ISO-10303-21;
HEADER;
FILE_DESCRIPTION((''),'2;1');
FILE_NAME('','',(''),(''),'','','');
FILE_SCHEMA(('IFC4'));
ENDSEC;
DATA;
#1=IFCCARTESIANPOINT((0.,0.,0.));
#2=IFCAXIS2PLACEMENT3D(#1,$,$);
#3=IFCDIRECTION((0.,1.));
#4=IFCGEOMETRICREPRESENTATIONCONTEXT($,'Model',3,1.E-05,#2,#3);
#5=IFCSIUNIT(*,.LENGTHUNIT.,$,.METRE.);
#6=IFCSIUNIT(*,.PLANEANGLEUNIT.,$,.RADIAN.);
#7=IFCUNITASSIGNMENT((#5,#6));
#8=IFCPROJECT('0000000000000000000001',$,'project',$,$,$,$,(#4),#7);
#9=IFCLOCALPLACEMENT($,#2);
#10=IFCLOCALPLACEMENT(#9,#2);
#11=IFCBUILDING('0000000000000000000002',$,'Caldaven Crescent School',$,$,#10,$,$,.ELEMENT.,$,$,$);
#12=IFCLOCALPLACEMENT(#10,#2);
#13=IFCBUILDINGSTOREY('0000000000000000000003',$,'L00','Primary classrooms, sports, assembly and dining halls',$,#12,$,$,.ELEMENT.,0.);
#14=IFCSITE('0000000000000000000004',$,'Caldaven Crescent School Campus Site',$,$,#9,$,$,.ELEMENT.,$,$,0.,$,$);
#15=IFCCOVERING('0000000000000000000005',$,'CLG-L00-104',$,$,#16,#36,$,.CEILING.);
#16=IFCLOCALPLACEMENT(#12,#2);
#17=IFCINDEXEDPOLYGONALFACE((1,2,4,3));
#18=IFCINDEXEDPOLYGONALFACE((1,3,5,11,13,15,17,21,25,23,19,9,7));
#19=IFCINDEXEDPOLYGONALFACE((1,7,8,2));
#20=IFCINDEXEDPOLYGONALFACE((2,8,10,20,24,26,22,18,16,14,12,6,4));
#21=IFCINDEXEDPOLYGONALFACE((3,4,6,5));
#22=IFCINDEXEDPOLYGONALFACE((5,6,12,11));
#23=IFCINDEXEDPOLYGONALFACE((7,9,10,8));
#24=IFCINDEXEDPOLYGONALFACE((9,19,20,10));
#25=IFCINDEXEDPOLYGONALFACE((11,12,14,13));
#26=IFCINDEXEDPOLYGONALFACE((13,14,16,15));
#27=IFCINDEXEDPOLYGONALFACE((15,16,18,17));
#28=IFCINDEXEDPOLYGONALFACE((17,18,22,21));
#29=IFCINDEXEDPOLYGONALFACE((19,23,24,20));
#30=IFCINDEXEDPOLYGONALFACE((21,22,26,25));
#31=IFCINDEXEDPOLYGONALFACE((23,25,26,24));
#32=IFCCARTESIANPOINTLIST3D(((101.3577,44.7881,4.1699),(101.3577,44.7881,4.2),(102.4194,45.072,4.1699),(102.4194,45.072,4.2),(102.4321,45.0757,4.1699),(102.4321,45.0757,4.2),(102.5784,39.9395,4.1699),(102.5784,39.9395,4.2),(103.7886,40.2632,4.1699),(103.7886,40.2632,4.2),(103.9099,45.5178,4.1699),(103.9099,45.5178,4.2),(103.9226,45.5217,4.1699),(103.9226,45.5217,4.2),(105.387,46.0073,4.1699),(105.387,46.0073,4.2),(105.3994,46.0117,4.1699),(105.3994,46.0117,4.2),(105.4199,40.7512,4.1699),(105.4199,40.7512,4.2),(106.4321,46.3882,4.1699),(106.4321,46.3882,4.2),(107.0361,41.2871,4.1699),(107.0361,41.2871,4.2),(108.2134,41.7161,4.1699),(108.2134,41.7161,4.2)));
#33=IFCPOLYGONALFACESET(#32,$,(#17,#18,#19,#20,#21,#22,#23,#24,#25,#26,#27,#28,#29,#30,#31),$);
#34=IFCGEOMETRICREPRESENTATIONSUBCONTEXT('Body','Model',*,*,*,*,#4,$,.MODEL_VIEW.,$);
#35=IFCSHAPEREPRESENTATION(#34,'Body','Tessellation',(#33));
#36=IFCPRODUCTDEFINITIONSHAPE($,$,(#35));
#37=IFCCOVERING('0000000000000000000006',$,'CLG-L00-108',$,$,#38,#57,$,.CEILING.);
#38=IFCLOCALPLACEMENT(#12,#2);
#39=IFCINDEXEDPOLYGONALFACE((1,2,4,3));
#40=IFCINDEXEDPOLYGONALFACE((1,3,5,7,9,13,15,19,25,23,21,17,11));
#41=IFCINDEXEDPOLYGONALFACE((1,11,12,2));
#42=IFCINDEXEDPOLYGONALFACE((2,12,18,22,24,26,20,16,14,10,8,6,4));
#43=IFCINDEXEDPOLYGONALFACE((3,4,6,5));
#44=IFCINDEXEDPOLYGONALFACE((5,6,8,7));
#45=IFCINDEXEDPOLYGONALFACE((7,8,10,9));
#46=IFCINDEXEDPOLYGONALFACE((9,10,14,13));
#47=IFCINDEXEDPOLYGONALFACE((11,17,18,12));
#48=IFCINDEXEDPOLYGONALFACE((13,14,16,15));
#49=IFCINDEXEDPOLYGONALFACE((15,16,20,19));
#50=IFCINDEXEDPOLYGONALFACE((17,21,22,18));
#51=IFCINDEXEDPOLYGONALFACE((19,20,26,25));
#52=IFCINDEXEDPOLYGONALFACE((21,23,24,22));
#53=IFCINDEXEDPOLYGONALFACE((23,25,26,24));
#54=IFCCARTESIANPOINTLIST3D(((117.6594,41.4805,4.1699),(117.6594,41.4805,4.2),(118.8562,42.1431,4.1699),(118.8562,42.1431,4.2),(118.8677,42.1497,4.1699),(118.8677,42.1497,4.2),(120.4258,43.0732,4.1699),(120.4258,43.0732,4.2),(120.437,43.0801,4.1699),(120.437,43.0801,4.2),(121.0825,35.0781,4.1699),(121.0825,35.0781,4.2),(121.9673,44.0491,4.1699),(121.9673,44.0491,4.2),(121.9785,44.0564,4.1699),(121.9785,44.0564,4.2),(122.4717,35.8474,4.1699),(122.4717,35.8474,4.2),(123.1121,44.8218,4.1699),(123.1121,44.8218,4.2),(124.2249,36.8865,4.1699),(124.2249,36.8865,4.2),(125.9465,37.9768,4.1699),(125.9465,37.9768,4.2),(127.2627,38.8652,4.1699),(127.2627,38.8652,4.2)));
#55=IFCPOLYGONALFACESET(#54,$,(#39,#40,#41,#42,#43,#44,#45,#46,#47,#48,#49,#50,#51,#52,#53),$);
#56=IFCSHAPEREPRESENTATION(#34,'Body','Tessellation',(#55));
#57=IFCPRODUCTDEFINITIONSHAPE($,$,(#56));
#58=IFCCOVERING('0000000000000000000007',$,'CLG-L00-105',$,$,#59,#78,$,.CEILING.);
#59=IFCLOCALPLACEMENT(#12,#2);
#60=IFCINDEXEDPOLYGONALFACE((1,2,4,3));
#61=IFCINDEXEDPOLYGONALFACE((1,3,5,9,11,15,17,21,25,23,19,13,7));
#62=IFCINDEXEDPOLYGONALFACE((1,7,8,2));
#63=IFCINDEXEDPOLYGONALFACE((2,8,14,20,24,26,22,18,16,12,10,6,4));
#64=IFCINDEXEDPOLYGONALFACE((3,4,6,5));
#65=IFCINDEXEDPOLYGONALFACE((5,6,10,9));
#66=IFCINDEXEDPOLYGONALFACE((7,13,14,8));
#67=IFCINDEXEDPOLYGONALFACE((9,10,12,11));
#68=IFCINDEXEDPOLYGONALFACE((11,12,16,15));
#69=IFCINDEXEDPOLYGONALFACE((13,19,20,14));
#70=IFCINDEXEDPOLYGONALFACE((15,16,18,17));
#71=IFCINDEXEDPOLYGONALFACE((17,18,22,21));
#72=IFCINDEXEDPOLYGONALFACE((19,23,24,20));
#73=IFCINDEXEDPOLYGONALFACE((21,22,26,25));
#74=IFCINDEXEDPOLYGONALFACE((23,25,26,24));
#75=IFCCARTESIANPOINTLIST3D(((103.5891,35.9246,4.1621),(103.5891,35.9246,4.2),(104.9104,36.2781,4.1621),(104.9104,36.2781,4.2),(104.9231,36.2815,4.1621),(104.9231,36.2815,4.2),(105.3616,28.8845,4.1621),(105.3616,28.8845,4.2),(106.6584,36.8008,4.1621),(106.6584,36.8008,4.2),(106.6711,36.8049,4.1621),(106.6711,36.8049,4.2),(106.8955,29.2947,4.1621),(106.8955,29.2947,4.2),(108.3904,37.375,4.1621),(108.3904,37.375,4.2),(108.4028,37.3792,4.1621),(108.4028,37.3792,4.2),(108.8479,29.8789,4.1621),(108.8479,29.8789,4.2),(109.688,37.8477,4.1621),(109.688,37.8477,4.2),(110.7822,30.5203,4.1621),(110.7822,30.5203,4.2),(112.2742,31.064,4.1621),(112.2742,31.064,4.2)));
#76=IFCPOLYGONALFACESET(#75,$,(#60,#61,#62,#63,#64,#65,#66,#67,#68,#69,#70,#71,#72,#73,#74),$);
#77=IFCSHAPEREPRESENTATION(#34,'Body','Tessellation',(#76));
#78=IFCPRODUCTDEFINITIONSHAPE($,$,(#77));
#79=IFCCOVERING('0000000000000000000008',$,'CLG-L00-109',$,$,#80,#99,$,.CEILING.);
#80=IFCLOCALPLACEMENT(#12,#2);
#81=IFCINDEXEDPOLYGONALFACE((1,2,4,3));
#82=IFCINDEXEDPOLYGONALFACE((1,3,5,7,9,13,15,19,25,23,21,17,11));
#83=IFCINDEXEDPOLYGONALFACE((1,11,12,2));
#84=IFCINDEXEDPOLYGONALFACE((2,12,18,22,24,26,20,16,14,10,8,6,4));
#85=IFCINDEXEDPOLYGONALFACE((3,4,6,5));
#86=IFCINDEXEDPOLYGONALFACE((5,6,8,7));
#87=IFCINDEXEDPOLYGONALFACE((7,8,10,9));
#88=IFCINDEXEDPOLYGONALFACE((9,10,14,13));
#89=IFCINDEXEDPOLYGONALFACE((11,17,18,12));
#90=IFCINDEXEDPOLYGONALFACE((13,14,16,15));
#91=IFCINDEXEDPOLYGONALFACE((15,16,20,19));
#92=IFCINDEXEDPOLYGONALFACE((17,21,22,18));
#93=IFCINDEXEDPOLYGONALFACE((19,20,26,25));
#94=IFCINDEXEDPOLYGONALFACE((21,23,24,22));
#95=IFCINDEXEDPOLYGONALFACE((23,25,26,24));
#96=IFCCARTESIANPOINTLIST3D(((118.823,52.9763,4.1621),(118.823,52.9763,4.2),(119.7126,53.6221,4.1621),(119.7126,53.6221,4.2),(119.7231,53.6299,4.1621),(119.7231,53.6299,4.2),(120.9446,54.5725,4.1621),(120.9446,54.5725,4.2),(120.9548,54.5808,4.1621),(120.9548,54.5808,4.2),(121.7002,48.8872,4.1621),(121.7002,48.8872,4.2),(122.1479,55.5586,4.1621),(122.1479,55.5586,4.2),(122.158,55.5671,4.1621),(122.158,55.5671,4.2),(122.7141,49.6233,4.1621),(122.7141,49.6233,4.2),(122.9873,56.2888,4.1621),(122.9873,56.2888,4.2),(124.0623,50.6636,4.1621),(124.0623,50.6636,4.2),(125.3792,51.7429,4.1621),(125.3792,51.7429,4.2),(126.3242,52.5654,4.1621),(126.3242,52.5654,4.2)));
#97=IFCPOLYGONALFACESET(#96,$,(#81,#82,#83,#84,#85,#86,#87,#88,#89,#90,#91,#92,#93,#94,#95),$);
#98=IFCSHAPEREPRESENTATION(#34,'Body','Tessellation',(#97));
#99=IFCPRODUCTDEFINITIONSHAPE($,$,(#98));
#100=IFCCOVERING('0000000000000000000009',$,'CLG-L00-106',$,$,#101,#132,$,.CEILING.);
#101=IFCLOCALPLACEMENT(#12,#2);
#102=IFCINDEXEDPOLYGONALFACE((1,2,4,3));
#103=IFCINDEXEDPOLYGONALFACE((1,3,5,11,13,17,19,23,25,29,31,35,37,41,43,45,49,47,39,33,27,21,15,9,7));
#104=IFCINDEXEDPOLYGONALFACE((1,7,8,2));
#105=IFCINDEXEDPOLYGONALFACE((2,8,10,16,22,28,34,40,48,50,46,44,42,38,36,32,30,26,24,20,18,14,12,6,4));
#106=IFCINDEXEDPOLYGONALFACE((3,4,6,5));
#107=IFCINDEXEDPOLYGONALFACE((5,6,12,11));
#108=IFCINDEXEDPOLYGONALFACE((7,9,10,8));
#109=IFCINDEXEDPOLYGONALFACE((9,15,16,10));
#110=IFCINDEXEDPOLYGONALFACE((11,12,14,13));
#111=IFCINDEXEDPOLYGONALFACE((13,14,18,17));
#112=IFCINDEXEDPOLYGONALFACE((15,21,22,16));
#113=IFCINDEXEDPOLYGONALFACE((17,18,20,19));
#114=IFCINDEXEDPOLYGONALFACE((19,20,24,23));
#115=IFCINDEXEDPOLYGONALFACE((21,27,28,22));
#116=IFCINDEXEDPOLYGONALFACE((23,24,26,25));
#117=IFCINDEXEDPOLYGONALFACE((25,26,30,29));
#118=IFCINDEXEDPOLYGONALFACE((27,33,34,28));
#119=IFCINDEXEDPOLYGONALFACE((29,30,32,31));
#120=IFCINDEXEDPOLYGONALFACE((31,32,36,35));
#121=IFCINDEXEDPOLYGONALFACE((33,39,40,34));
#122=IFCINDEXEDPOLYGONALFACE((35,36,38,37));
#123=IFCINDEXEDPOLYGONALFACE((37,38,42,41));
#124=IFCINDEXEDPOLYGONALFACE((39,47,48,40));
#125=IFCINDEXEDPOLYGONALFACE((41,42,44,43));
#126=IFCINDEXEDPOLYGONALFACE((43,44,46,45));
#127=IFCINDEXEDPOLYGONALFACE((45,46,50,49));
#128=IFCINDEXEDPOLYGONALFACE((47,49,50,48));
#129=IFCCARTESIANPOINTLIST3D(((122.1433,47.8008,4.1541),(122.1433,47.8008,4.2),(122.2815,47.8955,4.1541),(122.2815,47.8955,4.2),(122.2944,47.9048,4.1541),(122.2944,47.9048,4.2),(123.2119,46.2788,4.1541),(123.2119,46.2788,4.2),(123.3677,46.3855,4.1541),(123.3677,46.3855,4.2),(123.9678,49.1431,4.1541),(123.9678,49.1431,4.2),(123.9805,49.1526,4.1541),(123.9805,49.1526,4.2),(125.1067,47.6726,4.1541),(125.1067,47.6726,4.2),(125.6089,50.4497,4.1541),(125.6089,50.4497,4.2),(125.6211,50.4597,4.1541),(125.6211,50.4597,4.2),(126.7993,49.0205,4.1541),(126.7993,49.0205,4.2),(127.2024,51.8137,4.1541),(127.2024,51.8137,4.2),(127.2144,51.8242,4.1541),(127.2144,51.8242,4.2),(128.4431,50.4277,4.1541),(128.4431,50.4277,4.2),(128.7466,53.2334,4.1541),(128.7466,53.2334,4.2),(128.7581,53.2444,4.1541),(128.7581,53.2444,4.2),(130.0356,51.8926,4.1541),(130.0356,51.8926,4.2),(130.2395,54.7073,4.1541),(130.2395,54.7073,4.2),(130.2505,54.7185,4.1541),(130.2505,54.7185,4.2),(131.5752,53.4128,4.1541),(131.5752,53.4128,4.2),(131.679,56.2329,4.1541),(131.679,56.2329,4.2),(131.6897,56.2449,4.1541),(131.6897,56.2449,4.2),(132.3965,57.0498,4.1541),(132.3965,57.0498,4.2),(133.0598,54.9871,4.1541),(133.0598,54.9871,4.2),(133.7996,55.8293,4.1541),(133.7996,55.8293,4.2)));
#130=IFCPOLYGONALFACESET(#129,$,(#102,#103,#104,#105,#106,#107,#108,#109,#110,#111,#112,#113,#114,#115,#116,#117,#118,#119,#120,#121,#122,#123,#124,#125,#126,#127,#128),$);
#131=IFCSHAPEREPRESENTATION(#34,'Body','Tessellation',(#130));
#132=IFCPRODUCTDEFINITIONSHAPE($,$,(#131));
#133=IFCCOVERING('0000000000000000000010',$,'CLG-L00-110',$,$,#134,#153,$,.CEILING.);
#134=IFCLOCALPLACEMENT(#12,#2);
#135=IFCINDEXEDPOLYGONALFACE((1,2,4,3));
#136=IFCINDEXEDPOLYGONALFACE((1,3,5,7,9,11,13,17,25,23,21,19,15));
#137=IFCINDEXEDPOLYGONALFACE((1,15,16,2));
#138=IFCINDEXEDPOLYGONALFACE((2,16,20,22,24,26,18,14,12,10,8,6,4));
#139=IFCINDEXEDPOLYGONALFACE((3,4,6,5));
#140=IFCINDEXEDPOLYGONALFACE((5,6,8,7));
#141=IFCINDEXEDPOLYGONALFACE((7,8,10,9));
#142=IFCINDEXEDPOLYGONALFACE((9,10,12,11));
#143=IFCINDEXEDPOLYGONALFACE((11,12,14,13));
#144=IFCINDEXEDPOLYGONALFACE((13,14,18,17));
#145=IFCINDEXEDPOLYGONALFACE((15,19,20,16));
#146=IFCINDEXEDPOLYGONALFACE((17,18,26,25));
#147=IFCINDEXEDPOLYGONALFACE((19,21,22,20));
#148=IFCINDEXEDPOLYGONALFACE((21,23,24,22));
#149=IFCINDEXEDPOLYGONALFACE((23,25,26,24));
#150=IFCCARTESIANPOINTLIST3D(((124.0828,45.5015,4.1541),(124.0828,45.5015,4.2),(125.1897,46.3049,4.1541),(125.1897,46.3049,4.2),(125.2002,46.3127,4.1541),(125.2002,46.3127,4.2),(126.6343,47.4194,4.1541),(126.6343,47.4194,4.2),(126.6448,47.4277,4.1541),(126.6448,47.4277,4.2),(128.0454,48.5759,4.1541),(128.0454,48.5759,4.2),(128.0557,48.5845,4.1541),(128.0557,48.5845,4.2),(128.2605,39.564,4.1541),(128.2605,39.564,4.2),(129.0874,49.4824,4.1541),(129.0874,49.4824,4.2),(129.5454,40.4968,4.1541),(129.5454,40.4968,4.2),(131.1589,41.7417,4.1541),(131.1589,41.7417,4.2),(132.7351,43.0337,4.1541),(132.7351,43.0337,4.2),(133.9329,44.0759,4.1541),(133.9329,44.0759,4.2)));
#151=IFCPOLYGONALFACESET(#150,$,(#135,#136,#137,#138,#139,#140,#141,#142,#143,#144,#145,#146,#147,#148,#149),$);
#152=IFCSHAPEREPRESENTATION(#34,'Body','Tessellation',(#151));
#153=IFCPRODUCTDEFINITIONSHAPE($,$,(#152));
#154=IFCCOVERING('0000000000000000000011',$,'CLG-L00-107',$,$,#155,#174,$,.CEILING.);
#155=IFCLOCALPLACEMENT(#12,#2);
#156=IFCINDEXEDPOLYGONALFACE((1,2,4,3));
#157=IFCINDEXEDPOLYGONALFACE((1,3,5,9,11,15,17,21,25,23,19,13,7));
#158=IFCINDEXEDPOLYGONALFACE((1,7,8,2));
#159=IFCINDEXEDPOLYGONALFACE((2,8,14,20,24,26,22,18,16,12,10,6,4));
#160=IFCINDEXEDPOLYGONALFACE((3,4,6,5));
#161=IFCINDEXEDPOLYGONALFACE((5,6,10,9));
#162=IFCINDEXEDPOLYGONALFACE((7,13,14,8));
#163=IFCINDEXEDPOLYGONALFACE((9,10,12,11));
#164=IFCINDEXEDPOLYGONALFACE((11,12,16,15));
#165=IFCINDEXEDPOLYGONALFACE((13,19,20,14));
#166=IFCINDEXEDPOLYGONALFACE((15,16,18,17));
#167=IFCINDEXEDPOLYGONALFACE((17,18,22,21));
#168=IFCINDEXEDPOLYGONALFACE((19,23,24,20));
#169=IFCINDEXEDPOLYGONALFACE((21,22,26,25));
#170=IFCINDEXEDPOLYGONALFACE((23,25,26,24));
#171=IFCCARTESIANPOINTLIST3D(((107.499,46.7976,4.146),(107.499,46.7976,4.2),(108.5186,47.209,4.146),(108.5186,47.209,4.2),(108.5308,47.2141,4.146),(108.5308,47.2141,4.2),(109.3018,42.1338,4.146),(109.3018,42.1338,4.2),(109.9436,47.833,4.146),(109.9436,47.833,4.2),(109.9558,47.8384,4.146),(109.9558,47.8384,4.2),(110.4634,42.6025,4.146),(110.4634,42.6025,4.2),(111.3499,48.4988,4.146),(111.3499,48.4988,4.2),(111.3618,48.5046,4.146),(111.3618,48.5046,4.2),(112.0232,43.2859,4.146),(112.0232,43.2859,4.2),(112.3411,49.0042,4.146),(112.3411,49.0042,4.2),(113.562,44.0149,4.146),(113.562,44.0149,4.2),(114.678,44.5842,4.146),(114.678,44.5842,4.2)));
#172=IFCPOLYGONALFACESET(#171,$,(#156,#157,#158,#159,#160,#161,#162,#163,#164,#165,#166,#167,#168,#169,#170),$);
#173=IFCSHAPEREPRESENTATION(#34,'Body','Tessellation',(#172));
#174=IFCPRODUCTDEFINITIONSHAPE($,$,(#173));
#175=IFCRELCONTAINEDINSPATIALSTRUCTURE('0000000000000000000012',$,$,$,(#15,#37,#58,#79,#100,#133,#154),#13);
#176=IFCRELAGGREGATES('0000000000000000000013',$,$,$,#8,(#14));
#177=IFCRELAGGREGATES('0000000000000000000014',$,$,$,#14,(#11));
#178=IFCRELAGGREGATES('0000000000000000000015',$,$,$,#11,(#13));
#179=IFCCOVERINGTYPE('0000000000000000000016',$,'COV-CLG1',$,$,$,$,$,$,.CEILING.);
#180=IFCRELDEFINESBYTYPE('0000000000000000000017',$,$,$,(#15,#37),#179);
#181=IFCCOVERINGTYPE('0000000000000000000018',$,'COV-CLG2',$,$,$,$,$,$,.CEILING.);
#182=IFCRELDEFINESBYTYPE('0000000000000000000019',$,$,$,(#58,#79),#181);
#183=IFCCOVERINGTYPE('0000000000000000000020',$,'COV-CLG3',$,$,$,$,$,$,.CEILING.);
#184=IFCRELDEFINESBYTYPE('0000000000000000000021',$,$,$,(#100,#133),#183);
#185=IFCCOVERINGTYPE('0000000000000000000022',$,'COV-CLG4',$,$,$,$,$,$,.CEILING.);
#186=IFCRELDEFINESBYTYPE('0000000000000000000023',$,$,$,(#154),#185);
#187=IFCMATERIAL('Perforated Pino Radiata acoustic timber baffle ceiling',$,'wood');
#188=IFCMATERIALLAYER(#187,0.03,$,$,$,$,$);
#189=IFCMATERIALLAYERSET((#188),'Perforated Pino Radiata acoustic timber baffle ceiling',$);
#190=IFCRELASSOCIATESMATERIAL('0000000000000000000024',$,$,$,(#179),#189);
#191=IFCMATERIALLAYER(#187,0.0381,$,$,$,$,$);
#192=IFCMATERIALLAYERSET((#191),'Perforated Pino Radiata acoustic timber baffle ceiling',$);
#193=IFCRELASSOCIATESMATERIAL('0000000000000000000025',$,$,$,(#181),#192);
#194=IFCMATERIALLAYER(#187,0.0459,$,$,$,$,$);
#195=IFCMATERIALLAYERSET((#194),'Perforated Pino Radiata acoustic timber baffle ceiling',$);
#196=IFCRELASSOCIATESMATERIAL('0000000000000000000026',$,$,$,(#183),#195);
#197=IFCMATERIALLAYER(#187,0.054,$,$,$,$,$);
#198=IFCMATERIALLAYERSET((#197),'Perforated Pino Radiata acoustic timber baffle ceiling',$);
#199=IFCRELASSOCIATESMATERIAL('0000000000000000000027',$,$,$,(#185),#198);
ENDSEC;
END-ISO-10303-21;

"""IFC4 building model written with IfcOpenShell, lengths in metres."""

from ifc_helpers import new_model, si_unit, direction, frame, origin, place, context, subcontext, project, spatial, polyline, outline, extrude, material, layer, layer_set, type_object, element, save


model = new_model("IFC4")

# Units and contexts
model_context = context("Model", 3, precision=1e-05, world=origin(), true_north=direction((0.0, 1.0)))
body_context = subcontext(model_context, "Body", "Model", "MODEL_VIEW")
ifc_project = project(units=[si_unit("LENGTHUNIT", "METRE"), si_unit("PLANEANGLEUNIT", "RADIAN")], contexts=[model_context])

# Site, building, storey
site_placement = place(None, origin())
site = spatial("IfcSite", under=ifc_project, at=site_placement, Name="Caldaven Crescent School Campus Site", CompositionType="ELEMENT", RefElevation=0.0)
building_placement = place(site_placement, origin())
building = spatial("IfcBuilding", under=site, at=building_placement, Name="Caldaven Crescent School", CompositionType="ELEMENT")
storey_placement = place(building_placement, origin())
storey = spatial("IfcBuildingStorey", under=building, at=storey_placement, Name="L00", Description="Primary classrooms, sports, assembly and dining halls", CompositionType="ELEMENT", Elevation=0.0)

# Coverings
ifc_material_1 = material(Name="Perforated Pino Radiata acoustic timber baffle ceiling", Category="wood")
ifc_layer_1 = layer(ifc_material_1, 0.03)
ifc_layer_set_1 = layer_set([ifc_layer_1], Name="Perforated Pino Radiata acoustic timber baffle ceiling")
covering_type_1 = type_object("IfcCoveringType", Name="COV-CLG1", PredefinedType="CEILING", material=ifc_layer_set_1)
covering_1_placement = place(storey_placement, frame((0.0, 0.0, 4.1699)))
element("IfcCovering", 1, at=covering_1_placement, inside=storey, type_object=covering_type_1, Name="CLG-L00-104", PredefinedType="CEILING", context=body_context, shape_type="SweptSolid", body=[
    extrude(outline(polyline([(102.4194, 45.072), (102.4321, 45.0757), (103.9099, 45.5178), (103.9226, 45.5217), (105.387, 46.0073), (105.3994, 46.0117), (106.4321, 46.3882), (108.2134, 41.7161), (107.0361, 41.2871), (105.4199, 40.7512), (103.7886, 40.2632), (102.5784, 39.9395), (101.3577, 44.7881), (102.4194, 45.072)])), origin(), (0.0, 0.0, 1.0), 0.03),
])
covering_2_placement = place(storey_placement, frame((0.0, 0.0, 4.1699)))
element("IfcCovering", 2, at=covering_2_placement, inside=storey, type_object=covering_type_1, Name="CLG-L00-108", PredefinedType="CEILING", context=body_context, shape_type="SweptSolid", body=[
    extrude(outline(polyline([(118.8562, 42.1431), (118.8677, 42.1497), (120.4258, 43.0732), (120.437, 43.0801), (121.9673, 44.0491), (121.9785, 44.0564), (123.1121, 44.8218), (127.2627, 38.8652), (125.9465, 37.9768), (124.2249, 36.8865), (122.4717, 35.8474), (121.0825, 35.0781), (117.6594, 41.4805), (118.8562, 42.1431)])), origin(), (0.0, 0.0, 1.0), 0.03),
])
ifc_layer_2 = layer(ifc_material_1, 0.0381)
ifc_layer_set_2 = layer_set([ifc_layer_2], Name="Perforated Pino Radiata acoustic timber baffle ceiling")
covering_type_2 = type_object("IfcCoveringType", Name="COV-CLG2", PredefinedType="CEILING", material=ifc_layer_set_2)
covering_3_placement = place(storey_placement, frame((0.0, 0.0, 4.1621)))
element("IfcCovering", 3, at=covering_3_placement, inside=storey, type_object=covering_type_2, Name="CLG-L00-105", PredefinedType="CEILING", context=body_context, shape_type="SweptSolid", body=[
    extrude(outline(polyline([(104.9104, 36.2781), (104.9231, 36.2815), (106.6584, 36.8008), (106.6711, 36.8049), (108.3904, 37.375), (108.4028, 37.3792), (109.688, 37.8477), (112.2742, 31.064), (110.7822, 30.5203), (108.8479, 29.8789), (106.8955, 29.2947), (105.3616, 28.8845), (103.5891, 35.9246), (104.9104, 36.2781)])), origin(), (0.0, 0.0, 1.0), 0.0378),
])
covering_4_placement = place(storey_placement, frame((0.0, 0.0, 4.1621)))
element("IfcCovering", 4, at=covering_4_placement, inside=storey, type_object=covering_type_2, Name="CLG-L00-109", PredefinedType="CEILING", context=body_context, shape_type="SweptSolid", body=[
    extrude(outline(polyline([(119.7126, 53.6221), (119.7231, 53.6299), (120.9446, 54.5725), (120.9548, 54.5808), (122.1479, 55.5586), (122.158, 55.5671), (122.9873, 56.2888), (126.3242, 52.5654), (125.3792, 51.7429), (124.0623, 50.6636), (122.7141, 49.6233), (121.7002, 48.8872), (118.823, 52.9763), (119.7126, 53.6221)])), origin(), (0.0, 0.0, 1.0), 0.0378),
])
ifc_layer_3 = layer(ifc_material_1, 0.0459)
ifc_layer_set_3 = layer_set([ifc_layer_3], Name="Perforated Pino Radiata acoustic timber baffle ceiling")
covering_type_3 = type_object("IfcCoveringType", Name="COV-CLG3", PredefinedType="CEILING", material=ifc_layer_set_3)
covering_5_placement = place(storey_placement, frame((0.0, 0.0, 4.1541)))
element("IfcCovering", 5, at=covering_5_placement, inside=storey, type_object=covering_type_3, Name="CLG-L00-106", PredefinedType="CEILING", context=body_context, shape_type="SweptSolid", body=[
    extrude(outline(polyline([(122.2815, 47.8955), (122.2944, 47.9048), (123.9678, 49.1431), (123.9805, 49.1526), (125.6089, 50.4497), (125.6211, 50.4597), (127.2024, 51.8137), (127.2144, 51.8242), (128.7466, 53.2334), (128.7581, 53.2444), (130.2395, 54.7073), (130.2505, 54.7185), (131.679, 56.2329), (131.6897, 56.2449), (132.3965, 57.0498), (133.7996, 55.8293), (133.0598, 54.9871), (131.5752, 53.4128), (130.0356, 51.8926), (128.4431, 50.4277), (126.7993, 49.0205), (125.1067, 47.6726), (123.3677, 46.3855), (123.2119, 46.2788), (122.1433, 47.8008), (122.2815, 47.8955)])), origin(), (0.0, 0.0, 1.0), 0.0459),
])
covering_6_placement = place(storey_placement, frame((0.0, 0.0, 4.1541)))
element("IfcCovering", 6, at=covering_6_placement, inside=storey, type_object=covering_type_3, Name="CLG-L00-110", PredefinedType="CEILING", context=body_context, shape_type="SweptSolid", body=[
    extrude(outline(polyline([(125.1897, 46.3049), (125.2002, 46.3127), (126.6343, 47.4194), (126.6448, 47.4277), (128.0454, 48.5759), (128.0557, 48.5845), (129.0874, 49.4824), (133.9329, 44.0759), (132.7351, 43.0337), (131.1589, 41.7417), (129.5454, 40.4968), (128.2605, 39.564), (124.0828, 45.5015), (125.1897, 46.3049)])), origin(), (0.0, 0.0, 1.0), 0.0459),
])
ifc_layer_4 = layer(ifc_material_1, 0.054)
ifc_layer_set_4 = layer_set([ifc_layer_4], Name="Perforated Pino Radiata acoustic timber baffle ceiling")
covering_type_4 = type_object("IfcCoveringType", Name="COV-CLG4", PredefinedType="CEILING", material=ifc_layer_set_4)
covering_7_placement = place(storey_placement, frame((0.0, 0.0, 4.146)))
element("IfcCovering", 7, at=covering_7_placement, inside=storey, type_object=covering_type_4, Name="CLG-L00-107", PredefinedType="CEILING", context=body_context, shape_type="SweptSolid", body=[
    extrude(outline(polyline([(108.5186, 47.209), (108.5308, 47.2141), (109.9436, 47.833), (109.9558, 47.8384), (111.3499, 48.4988), (111.3618, 48.5046), (112.3411, 49.0042), (114.678, 44.5842), (113.562, 44.0149), (112.0232, 43.2859), (110.4634, 42.6025), (109.3018, 42.1338), (107.499, 46.7976), (108.5186, 47.209)])), origin(), (0.0, 0.0, 1.0), 0.054),
])

save(model, "model.ifc")
